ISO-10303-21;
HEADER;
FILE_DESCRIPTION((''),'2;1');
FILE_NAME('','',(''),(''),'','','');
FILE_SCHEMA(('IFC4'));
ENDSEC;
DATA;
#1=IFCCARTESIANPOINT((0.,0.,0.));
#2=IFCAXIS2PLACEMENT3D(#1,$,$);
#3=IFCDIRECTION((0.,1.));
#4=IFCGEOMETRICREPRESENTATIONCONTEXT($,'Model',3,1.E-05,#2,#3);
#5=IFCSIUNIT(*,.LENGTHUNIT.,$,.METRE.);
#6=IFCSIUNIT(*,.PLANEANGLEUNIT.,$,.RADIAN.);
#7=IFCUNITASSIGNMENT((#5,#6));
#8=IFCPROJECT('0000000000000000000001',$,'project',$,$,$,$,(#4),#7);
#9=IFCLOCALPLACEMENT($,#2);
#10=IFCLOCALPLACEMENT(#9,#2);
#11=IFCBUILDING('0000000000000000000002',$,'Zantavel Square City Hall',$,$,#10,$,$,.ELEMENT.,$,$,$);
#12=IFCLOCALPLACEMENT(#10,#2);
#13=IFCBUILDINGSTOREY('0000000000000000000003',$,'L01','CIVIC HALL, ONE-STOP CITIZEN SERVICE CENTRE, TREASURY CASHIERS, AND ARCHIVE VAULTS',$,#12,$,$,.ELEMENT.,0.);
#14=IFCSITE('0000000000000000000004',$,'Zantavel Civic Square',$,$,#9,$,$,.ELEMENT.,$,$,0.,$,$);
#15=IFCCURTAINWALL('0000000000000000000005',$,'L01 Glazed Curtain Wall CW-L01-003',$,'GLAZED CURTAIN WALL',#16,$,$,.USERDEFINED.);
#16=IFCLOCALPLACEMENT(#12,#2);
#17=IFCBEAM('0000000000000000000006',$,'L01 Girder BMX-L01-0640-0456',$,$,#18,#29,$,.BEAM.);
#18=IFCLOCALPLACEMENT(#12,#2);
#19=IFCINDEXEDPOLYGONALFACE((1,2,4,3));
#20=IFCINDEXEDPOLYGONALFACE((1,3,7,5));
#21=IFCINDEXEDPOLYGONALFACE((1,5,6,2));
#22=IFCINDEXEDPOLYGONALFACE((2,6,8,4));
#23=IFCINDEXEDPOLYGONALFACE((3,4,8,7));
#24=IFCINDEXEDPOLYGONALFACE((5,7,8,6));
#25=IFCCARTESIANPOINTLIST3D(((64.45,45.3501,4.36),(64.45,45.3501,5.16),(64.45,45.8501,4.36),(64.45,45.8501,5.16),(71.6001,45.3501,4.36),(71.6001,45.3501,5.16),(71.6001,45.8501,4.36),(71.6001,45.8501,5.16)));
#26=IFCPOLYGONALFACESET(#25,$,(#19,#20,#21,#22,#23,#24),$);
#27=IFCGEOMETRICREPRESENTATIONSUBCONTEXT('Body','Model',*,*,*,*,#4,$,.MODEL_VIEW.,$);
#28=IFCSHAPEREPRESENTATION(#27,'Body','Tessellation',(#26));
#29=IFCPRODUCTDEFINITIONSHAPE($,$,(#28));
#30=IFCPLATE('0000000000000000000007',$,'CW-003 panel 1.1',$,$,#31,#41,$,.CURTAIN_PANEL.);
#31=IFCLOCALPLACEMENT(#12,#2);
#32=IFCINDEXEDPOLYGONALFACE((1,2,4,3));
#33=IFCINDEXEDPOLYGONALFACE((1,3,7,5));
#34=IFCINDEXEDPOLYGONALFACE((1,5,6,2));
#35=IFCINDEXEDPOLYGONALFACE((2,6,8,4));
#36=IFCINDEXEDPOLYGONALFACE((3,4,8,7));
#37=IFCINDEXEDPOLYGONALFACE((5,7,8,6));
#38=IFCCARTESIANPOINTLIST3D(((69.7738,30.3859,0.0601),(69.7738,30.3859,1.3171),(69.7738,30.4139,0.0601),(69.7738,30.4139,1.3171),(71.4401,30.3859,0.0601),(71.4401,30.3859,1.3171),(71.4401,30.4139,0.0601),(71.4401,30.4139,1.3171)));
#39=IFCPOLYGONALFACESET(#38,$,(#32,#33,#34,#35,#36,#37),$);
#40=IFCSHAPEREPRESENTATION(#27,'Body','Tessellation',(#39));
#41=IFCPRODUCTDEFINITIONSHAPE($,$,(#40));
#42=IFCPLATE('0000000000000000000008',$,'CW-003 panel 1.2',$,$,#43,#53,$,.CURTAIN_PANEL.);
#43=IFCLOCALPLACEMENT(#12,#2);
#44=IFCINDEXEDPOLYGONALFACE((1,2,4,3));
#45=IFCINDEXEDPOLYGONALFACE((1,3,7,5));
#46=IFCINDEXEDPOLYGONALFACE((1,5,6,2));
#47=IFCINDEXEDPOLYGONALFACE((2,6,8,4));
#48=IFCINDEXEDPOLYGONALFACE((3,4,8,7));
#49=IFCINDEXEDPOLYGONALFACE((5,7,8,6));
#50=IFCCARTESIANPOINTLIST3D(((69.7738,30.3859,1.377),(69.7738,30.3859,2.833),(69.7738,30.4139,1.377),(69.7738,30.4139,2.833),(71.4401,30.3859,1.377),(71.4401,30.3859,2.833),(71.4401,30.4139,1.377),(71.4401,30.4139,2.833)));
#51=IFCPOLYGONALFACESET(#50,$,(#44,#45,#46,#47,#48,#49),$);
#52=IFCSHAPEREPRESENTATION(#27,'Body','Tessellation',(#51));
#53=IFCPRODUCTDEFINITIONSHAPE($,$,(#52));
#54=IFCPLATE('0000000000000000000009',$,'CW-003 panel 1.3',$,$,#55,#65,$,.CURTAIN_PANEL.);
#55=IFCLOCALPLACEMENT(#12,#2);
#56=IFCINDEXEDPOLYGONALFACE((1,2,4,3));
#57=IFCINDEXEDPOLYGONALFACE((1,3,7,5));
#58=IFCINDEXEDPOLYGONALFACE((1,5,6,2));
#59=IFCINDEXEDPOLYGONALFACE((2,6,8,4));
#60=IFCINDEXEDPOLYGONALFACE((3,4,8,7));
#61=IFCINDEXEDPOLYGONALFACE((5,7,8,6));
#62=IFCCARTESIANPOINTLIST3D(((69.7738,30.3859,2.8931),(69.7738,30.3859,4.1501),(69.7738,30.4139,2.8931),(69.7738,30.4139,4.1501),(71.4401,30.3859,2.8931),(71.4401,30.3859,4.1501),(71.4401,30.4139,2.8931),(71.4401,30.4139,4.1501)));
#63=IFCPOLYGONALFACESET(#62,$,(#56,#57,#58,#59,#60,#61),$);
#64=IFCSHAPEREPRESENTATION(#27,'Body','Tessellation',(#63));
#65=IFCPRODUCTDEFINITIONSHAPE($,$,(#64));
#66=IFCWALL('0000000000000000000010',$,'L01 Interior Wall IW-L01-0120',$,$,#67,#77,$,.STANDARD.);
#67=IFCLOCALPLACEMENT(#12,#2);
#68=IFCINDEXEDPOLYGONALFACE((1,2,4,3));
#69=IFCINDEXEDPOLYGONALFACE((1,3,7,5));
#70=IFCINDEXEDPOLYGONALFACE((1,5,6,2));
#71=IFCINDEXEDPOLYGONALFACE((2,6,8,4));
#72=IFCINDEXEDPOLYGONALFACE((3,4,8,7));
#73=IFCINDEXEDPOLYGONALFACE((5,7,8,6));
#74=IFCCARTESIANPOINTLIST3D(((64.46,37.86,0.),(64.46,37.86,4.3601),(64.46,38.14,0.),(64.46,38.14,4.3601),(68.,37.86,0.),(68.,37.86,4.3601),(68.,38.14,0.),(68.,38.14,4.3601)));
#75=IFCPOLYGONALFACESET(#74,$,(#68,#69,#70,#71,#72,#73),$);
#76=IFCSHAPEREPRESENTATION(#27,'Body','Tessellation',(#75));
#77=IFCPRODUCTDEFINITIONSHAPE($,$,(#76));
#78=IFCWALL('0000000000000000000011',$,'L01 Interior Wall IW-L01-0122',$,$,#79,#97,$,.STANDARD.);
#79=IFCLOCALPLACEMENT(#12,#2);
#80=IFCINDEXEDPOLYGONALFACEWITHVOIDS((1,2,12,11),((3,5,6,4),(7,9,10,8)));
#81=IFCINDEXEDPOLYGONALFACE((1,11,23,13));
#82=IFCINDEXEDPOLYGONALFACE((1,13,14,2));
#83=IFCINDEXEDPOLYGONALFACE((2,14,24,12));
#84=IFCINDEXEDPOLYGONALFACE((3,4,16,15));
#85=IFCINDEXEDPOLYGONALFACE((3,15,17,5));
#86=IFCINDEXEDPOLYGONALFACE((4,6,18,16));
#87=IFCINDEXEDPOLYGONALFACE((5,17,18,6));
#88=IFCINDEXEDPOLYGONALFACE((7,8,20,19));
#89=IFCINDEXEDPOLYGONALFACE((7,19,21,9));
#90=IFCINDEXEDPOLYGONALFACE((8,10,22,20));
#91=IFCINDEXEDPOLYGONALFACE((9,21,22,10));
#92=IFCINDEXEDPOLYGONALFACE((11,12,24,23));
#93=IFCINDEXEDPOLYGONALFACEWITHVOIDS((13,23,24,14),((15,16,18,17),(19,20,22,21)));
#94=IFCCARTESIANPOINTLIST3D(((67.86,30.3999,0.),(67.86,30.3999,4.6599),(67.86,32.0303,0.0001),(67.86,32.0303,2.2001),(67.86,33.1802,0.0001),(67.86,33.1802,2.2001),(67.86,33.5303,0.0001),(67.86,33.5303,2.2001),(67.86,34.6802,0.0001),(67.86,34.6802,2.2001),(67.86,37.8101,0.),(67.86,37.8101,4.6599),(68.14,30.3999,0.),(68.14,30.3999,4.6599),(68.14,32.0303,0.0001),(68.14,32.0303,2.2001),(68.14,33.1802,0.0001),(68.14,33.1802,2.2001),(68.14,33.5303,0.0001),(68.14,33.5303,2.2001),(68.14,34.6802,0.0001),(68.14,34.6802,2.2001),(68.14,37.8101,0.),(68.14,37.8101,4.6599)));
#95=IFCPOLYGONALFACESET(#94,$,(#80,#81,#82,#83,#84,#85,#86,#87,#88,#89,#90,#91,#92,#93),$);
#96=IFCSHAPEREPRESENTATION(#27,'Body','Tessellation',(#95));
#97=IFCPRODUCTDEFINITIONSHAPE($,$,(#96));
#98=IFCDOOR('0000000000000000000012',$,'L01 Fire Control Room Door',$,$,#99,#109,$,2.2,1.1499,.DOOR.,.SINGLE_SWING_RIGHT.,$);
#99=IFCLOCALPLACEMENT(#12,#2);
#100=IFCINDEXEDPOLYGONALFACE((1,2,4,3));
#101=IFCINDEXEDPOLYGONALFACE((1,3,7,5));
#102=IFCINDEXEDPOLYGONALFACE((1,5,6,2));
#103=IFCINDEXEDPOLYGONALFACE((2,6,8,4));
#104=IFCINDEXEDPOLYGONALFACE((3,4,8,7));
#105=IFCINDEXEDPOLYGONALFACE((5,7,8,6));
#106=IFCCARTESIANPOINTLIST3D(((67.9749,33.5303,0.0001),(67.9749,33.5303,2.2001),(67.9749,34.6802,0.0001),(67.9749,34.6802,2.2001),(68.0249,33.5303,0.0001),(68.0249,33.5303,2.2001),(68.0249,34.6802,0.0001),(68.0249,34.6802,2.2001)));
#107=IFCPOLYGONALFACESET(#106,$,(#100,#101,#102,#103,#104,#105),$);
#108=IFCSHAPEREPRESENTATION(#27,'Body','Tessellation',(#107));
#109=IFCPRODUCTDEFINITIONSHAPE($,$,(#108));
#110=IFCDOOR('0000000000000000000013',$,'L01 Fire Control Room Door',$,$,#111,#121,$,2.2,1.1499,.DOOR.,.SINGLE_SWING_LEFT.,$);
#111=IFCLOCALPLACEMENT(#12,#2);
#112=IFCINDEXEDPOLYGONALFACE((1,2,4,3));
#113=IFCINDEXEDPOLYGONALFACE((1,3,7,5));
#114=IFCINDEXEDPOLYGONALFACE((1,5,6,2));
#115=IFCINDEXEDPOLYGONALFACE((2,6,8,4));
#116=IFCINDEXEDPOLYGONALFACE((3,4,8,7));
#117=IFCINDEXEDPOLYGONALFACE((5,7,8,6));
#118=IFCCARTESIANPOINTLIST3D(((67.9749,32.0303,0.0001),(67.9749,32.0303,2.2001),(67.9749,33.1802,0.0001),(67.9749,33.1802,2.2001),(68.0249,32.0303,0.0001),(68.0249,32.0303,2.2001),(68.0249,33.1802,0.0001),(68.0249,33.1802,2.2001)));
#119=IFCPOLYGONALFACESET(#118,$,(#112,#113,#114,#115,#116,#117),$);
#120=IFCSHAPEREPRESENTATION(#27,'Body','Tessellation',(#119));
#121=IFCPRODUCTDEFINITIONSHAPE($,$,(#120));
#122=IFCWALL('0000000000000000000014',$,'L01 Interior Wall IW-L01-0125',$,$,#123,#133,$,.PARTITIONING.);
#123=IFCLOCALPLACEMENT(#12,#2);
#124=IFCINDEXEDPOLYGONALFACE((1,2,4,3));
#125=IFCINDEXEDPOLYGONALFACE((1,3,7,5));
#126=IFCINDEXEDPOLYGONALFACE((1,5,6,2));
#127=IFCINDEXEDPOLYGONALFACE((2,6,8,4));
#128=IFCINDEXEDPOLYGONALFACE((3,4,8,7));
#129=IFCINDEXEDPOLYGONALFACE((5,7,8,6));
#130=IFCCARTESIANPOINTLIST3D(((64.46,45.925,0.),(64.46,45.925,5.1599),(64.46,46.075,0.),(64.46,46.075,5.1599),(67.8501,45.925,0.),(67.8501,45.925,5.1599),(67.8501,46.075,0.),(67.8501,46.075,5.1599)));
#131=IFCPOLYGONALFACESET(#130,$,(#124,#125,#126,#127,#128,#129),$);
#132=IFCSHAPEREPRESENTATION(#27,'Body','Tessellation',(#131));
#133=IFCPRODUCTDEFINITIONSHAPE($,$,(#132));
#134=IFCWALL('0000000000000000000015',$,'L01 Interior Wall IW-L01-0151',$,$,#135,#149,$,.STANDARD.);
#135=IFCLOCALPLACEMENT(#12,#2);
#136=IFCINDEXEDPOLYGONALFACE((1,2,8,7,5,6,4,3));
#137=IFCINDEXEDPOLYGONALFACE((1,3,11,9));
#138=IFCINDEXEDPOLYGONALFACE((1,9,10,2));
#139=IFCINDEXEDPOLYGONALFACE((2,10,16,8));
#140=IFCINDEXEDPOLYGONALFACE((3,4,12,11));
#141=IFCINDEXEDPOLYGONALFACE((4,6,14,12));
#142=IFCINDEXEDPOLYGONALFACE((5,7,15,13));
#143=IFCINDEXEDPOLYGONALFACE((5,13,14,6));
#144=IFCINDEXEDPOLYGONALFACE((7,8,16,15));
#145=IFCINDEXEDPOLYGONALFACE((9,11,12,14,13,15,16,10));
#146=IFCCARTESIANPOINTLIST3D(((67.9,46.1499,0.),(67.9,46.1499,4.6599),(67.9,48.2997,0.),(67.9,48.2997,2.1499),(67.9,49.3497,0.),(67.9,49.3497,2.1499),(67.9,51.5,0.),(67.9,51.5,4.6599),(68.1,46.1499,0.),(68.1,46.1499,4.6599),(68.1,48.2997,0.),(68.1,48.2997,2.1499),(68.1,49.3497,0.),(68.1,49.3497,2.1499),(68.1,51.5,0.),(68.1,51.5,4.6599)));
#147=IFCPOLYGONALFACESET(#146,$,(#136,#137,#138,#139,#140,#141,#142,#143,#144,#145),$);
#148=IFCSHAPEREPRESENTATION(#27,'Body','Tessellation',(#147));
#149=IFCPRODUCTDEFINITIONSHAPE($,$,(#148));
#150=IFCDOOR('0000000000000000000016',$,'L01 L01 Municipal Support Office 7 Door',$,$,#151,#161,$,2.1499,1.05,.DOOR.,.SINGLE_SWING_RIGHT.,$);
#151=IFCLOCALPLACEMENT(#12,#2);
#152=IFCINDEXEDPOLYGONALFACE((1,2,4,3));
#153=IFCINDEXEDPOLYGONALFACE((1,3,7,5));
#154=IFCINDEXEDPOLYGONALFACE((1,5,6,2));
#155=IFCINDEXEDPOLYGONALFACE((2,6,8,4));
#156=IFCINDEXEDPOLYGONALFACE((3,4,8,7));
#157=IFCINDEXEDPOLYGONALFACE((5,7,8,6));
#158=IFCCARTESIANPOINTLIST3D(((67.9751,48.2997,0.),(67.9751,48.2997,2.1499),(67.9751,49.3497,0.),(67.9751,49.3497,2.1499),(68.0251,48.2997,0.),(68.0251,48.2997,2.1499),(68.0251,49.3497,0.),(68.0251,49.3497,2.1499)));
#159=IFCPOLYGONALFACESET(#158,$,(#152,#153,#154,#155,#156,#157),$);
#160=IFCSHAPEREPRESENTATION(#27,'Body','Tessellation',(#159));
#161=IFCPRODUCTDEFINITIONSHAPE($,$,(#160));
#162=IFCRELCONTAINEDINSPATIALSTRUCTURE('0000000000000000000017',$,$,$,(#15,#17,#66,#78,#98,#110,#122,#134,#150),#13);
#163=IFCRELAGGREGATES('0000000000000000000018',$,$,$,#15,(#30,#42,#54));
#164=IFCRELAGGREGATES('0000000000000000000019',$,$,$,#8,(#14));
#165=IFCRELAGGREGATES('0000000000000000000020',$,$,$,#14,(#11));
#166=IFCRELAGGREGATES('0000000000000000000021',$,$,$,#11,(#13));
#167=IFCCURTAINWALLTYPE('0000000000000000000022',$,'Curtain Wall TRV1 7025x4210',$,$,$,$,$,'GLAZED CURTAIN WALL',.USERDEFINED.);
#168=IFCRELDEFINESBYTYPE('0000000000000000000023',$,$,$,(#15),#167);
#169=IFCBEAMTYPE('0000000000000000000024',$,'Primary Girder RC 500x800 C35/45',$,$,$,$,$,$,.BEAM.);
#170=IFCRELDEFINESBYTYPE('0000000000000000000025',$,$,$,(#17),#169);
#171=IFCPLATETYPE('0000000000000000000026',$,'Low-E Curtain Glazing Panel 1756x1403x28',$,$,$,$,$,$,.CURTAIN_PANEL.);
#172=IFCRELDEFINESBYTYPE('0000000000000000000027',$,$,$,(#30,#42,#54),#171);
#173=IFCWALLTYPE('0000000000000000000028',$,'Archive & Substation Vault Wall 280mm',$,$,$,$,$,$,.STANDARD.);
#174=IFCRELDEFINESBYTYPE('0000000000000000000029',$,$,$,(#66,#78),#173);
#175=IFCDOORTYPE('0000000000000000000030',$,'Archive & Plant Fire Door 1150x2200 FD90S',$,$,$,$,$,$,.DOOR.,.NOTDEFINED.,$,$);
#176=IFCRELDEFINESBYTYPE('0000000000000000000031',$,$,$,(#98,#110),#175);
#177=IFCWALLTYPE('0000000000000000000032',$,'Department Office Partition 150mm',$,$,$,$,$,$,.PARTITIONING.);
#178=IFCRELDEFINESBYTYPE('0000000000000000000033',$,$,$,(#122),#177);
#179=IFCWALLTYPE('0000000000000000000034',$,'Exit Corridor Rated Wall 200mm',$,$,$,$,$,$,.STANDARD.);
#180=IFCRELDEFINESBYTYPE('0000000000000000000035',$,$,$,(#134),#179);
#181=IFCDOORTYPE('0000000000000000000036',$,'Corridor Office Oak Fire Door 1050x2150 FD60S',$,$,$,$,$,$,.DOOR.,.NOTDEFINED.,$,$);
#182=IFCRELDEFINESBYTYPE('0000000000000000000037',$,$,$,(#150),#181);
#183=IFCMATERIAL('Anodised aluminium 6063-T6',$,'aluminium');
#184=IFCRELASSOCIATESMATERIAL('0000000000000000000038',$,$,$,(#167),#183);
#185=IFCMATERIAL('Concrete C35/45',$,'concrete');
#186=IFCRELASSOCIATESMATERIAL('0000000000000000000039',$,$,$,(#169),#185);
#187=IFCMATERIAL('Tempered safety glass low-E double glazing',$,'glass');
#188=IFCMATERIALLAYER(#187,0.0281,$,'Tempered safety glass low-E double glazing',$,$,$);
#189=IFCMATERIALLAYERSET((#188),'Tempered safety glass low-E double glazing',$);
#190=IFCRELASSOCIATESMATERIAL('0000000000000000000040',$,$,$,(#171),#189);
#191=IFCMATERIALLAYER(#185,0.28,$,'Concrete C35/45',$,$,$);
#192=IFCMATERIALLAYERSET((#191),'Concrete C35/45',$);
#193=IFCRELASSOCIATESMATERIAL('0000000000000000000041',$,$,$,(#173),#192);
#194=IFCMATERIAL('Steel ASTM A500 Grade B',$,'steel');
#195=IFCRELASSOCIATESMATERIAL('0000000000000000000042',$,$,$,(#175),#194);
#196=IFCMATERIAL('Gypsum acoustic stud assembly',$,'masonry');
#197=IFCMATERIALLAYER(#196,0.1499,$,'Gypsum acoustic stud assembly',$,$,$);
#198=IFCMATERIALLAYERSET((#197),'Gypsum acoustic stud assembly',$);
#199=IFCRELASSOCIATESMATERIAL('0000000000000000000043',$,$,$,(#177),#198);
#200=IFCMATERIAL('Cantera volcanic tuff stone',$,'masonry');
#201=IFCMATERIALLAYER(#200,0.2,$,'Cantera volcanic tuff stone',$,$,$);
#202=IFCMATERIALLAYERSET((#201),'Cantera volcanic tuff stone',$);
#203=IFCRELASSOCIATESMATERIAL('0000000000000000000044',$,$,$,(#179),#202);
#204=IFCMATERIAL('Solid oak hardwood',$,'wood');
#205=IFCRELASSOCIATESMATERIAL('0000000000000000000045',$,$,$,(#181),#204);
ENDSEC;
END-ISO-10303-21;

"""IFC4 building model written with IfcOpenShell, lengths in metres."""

from ifc_helpers import new_model, si_unit, direction, frame, frame_2d, origin, origin_2d, place, context, subcontext, project, spatial, rectangle, extrude, material, layer, layer_set, material_profile, profile_set, type_object, element, fill, aggregate, save


model = new_model("IFC4")

# Units and contexts
model_context = context("Model", 3, precision=1e-05, world=origin(), true_north=direction((0.0, 1.0)))
body_context = subcontext(model_context, "Body", "Model", "MODEL_VIEW")
ifc_project = project(units=[si_unit("LENGTHUNIT", "METRE"), si_unit("PLANEANGLEUNIT", "RADIAN")], contexts=[model_context])

# Site, building, storey
site_placement = place(None, origin())
site = spatial("IfcSite", under=ifc_project, at=site_placement, Name="Zantavel Civic Square", CompositionType="ELEMENT", RefElevation=0.0)
building_placement = place(site_placement, origin())
building = spatial("IfcBuilding", under=site, at=building_placement, Name="Zantavel Square City Hall", CompositionType="ELEMENT")
storey_placement = place(building_placement, origin())
storey = spatial("IfcBuildingStorey", under=building, at=storey_placement, Name="L01", Description="CIVIC HALL, ONE-STOP CITIZEN SERVICE CENTRE, TREASURY CASHIERS, AND ARCHIVE VAULTS", CompositionType="ELEMENT", Elevation=0.0)

# Curtain wall
ifc_material_1 = material(Name="Anodised aluminium 6063-T6", Category="aluminium")
curtain_wall_type = type_object("IfcCurtainWallType", Name="Curtain Wall TRV1 7025x4210", ElementType="GLAZED CURTAIN WALL", PredefinedType="USERDEFINED", material=ifc_material_1)
curtain_wall_placement = place(storey_placement, origin())
curtain_wall = element("IfcCurtainWall", 1, at=curtain_wall_placement, inside=storey, type_object=curtain_wall_type, Name="L01 Glazed Curtain Wall CW-L01-003", ObjectType="GLAZED CURTAIN WALL", PredefinedType="USERDEFINED")

# Beam
ifc_material_2 = material(Name="Concrete C35/45", Category="concrete")
ifc_material_profile_1 = material_profile(ifc_material_2, rectangle(XDim=0.5, YDim=0.8, at=origin_2d()), Name="RC 500x800")
ifc_profile_set_1 = profile_set([ifc_material_profile_1], Name="Concrete C35/45")
beam_type_1 = type_object("IfcBeamType", Name="Primary Girder RC 500x800 C35/45", PredefinedType="BEAM", material=ifc_profile_set_1)
beam_1_placement = place(storey_placement, frame((64.45, 45.6001, 4.76), z_axis=(1.0, 0.0, 0.0), x_axis=(0.0, 1.0, 0.0)))
element("IfcBeam", 2, at=beam_1_placement, inside=storey, type_object=beam_type_1, Name="L01 Girder BMX-L01-0640-0456", PredefinedType="BEAM", context=body_context, shape_type="SweptSolid", body=[
    extrude(rectangle(XDim=0.5, YDim=0.8, at=origin_2d()), origin(), (0.0, 0.0, 1.0), 7.1501),
])

# Plates
ifc_material_3 = material(Name="Tempered safety glass low-E double glazing", Category="glass")
ifc_layer_1 = layer(ifc_material_3, 0.0281, Name="Tempered safety glass low-E double glazing")
ifc_layer_set_1 = layer_set([ifc_layer_1], Name="Tempered safety glass low-E double glazing")
plate_type = type_object("IfcPlateType", Name="Low-E Curtain Glazing Panel 1756x1403x28", PredefinedType="CURTAIN_PANEL", material=ifc_layer_set_1)
plate_1_placement = place(storey_placement, frame((70.6069, 30.3999, 0.0601), z_axis=(0.0, 0.0, 1.0), x_axis=(-1.0, 0.0, 0.0)))
plate_1 = element("IfcPlate", 3, at=plate_1_placement, type_object=plate_type, Name="CW-003 panel 1.1", PredefinedType="CURTAIN_PANEL", context=body_context, shape_type="SweptSolid", body=[
    extrude(rectangle(XDim=1.6663, YDim=0.0281, at=origin_2d()), origin(), (0.0, 0.0, 1.0), 1.2571),
])
plate_2_placement = place(storey_placement, frame((70.6069, 30.3999, 1.377), z_axis=(0.0, 0.0, 1.0), x_axis=(-1.0, 0.0, 0.0)))
plate_2 = element("IfcPlate", 4, at=plate_2_placement, type_object=plate_type, Name="CW-003 panel 1.2", PredefinedType="CURTAIN_PANEL", context=body_context, shape_type="SweptSolid", body=[
    extrude(rectangle(XDim=1.6663, YDim=0.0281, at=origin_2d()), origin(), (0.0, 0.0, 1.0), 1.4561),
])
plate_3_placement = place(storey_placement, frame((70.6069, 30.3999, 2.8931), z_axis=(0.0, 0.0, 1.0), x_axis=(-1.0, 0.0, 0.0)))
plate_3 = element("IfcPlate", 5, at=plate_3_placement, type_object=plate_type, Name="CW-003 panel 1.3", PredefinedType="CURTAIN_PANEL", context=body_context, shape_type="SweptSolid", body=[
    extrude(rectangle(XDim=1.6663, YDim=0.0281, at=origin_2d()), origin(), (0.0, 0.0, 1.0), 1.2571),
])
aggregate(curtain_wall, [plate_1, plate_2, plate_3])

# Wall
ifc_layer_2 = layer(ifc_material_2, 0.28, Name="Concrete C35/45")
ifc_layer_set_2 = layer_set([ifc_layer_2], Name="Concrete C35/45")
wall_type_1 = type_object("IfcWallType", Name="Archive & Substation Vault Wall 280mm", PredefinedType="STANDARD", material=ifc_layer_set_2)
wall_1_placement = place(storey_placement, frame((64.46, 38.0, 0.0), z_axis=(0.0, 0.0, 1.0), x_axis=(1.0, 0.0, 0.0)))
element("IfcWall", 6, at=wall_1_placement, inside=storey, type_object=wall_type_1, Name="L01 Interior Wall IW-L01-0120", PredefinedType="STANDARD", context=body_context, shape_type="SweptSolid", body=[
    extrude(rectangle(XDim=3.54, YDim=0.28, at=frame_2d((1.77, 0.0))), origin(), (0.0, 0.0, 1.0), 4.3601),
])

# Wall, openings, doors
wall_2_placement = place(storey_placement, frame((68.0, 37.8101, 0.0), z_axis=(0.0, 0.0, 1.0), x_axis=(0.0, -1.0, 0.0)))
wall_2 = element("IfcWall", 7, at=wall_2_placement, inside=storey, type_object=wall_type_1, Name="L01 Interior Wall IW-L01-0122", PredefinedType="STANDARD", context=body_context, shape_type="SweptSolid", body=[
    extrude(rectangle(XDim=7.4102, YDim=0.28, at=frame_2d((3.7051, 0.0))), origin(), (0.0, 0.0, 1.0), 4.6599),
])
opening_1_placement = place(wall_2_placement, frame((3.1299, 0.0, 0.0)))
opening_1 = element("IfcOpeningElement", 8, at=opening_1_placement, cuts=wall_2, PredefinedType="OPENING", context=body_context, shape_type="SweptSolid", body=[
    extrude(rectangle(XDim=1.1499, YDim=2.2, at=frame_2d((0.575, 1.1001))), frame((0.0, 0.1499, 0.0), z_axis=(0.0, -1.0, 0.0), x_axis=(1.0, 0.0, 0.0)), (0.0, 0.0, 1.0), 0.3),
])
opening_2_placement = place(wall_2_placement, frame((4.6299, 0.0, 0.0)))
opening_2 = element("IfcOpeningElement", 9, at=opening_2_placement, cuts=wall_2, PredefinedType="OPENING", context=body_context, shape_type="SweptSolid", body=[
    extrude(rectangle(XDim=1.1499, YDim=2.2, at=frame_2d((0.575, 1.1001))), frame((0.0, 0.1499, 0.0), z_axis=(0.0, -1.0, 0.0), x_axis=(1.0, 0.0, 0.0)), (0.0, 0.0, 1.0), 0.3),
])
ifc_material_4 = material(Name="Steel ASTM A500 Grade B", Category="steel")
door_type_1 = type_object("IfcDoorType", Name="Archive & Plant Fire Door 1150x2200 FD90S", OperationType="NOTDEFINED", PredefinedType="DOOR", material=ifc_material_4)
door_1_placement = place(opening_1_placement, origin())
door_1 = element("IfcDoor", 10, at=door_1_placement, inside=storey, type_object=door_type_1, Name="L01 Fire Control Room Door", OperationType="SINGLE_SWING_RIGHT", OverallHeight=2.2, OverallWidth=1.1499, PredefinedType="DOOR", context=body_context, shape_type="SweptSolid", body=[
    extrude(rectangle(XDim=1.1499, YDim=2.2, at=frame_2d((0.575, 1.1001))), frame((0.0, 0.0249, 0.0), z_axis=(0.0, -1.0, 0.0), x_axis=(1.0, 0.0, 0.0)), (0.0, 0.0, 1.0), 0.05),
])
fill(opening_1, door_1)
door_2_placement = place(opening_2_placement, origin())
door_2 = element("IfcDoor", 11, at=door_2_placement, inside=storey, type_object=door_type_1, Name="L01 Fire Control Room Door", OperationType="SINGLE_SWING_LEFT", OverallHeight=2.2, OverallWidth=1.1499, PredefinedType="DOOR", context=body_context, shape_type="SweptSolid", body=[
    extrude(rectangle(XDim=1.1499, YDim=2.2, at=frame_2d((0.575, 1.1001))), frame((0.0, 0.0249, 0.0), z_axis=(0.0, -1.0, 0.0), x_axis=(1.0, 0.0, 0.0)), (0.0, 0.0, 1.0), 0.05),
])
fill(opening_2, door_2)

# Wall
ifc_material_5 = material(Name="Gypsum acoustic stud assembly", Category="masonry")
ifc_layer_3 = layer(ifc_material_5, 0.1499, Name="Gypsum acoustic stud assembly")
ifc_layer_set_3 = layer_set([ifc_layer_3], Name="Gypsum acoustic stud assembly")
wall_type_2 = type_object("IfcWallType", Name="Department Office Partition 150mm", PredefinedType="PARTITIONING", material=ifc_layer_set_3)
wall_3_placement = place(storey_placement, frame((64.46, 46.0, 0.0), z_axis=(0.0, 0.0, 1.0), x_axis=(1.0, 0.0, 0.0)))
element("IfcWall", 12, at=wall_3_placement, inside=storey, type_object=wall_type_2, Name="L01 Interior Wall IW-L01-0125", PredefinedType="PARTITIONING", context=body_context, shape_type="SweptSolid", body=[
    extrude(rectangle(XDim=3.3901, YDim=0.1499, at=frame_2d((1.6951, 0.0))), origin(), (0.0, 0.0, 1.0), 5.1599),
])

# Wall, opening, door
ifc_material_6 = material(Name="Cantera volcanic tuff stone", Category="masonry")
ifc_layer_4 = layer(ifc_material_6, 0.2, Name="Cantera volcanic tuff stone")
ifc_layer_set_4 = layer_set([ifc_layer_4], Name="Cantera volcanic tuff stone")
wall_type_3 = type_object("IfcWallType", Name="Exit Corridor Rated Wall 200mm", PredefinedType="STANDARD", material=ifc_layer_set_4)
ifc_material_7 = material(Name="Solid oak hardwood", Category="wood")
wall_4_placement = place(storey_placement, frame((68.0, 46.1499, 0.0), z_axis=(0.0, 0.0, 1.0), x_axis=(0.0, 1.0, 0.0)))
wall_4 = element("IfcWall", 13, at=wall_4_placement, inside=storey, type_object=wall_type_3, Name="L01 Interior Wall IW-L01-0151", PredefinedType="STANDARD", context=body_context, shape_type="SweptSolid", body=[
    extrude(rectangle(XDim=5.3501, YDim=0.2, at=frame_2d((2.675, 0.0))), origin(), (0.0, 0.0, 1.0), 4.6599),
])
opening_3_placement = place(wall_4_placement, frame((2.1499, 0.0, 0.0)))
opening_3 = element("IfcOpeningElement", 14, at=opening_3_placement, cuts=wall_4, PredefinedType="OPENING", context=body_context, shape_type="SweptSolid", body=[
    extrude(rectangle(XDim=1.05, YDim=2.1499, at=frame_2d((0.5249, 1.075))), frame((0.0, 0.1099, 0.0), z_axis=(0.0, -1.0, 0.0), x_axis=(1.0, 0.0, 0.0)), (0.0, 0.0, 1.0), 0.22),
])
door_type_2 = type_object("IfcDoorType", Name="Corridor Office Oak Fire Door 1050x2150 FD60S", OperationType="NOTDEFINED", PredefinedType="DOOR", material=ifc_material_7)
door_3_placement = place(opening_3_placement, origin())
door_3 = element("IfcDoor", 15, at=door_3_placement, inside=storey, type_object=door_type_2, Name="L01 L01 Municipal Support Office 7 Door", OperationType="SINGLE_SWING_RIGHT", OverallHeight=2.1499, OverallWidth=1.05, PredefinedType="DOOR", context=body_context, shape_type="SweptSolid", body=[
    extrude(rectangle(XDim=1.05, YDim=2.1499, at=frame_2d((0.5249, 1.075))), frame((0.0, 0.0249, 0.0), z_axis=(0.0, -1.0, 0.0), x_axis=(1.0, 0.0, 0.0)), (0.0, 0.0, 1.0), 0.05),
])
fill(opening_3, door_3)

save(model, "model.ifc")
